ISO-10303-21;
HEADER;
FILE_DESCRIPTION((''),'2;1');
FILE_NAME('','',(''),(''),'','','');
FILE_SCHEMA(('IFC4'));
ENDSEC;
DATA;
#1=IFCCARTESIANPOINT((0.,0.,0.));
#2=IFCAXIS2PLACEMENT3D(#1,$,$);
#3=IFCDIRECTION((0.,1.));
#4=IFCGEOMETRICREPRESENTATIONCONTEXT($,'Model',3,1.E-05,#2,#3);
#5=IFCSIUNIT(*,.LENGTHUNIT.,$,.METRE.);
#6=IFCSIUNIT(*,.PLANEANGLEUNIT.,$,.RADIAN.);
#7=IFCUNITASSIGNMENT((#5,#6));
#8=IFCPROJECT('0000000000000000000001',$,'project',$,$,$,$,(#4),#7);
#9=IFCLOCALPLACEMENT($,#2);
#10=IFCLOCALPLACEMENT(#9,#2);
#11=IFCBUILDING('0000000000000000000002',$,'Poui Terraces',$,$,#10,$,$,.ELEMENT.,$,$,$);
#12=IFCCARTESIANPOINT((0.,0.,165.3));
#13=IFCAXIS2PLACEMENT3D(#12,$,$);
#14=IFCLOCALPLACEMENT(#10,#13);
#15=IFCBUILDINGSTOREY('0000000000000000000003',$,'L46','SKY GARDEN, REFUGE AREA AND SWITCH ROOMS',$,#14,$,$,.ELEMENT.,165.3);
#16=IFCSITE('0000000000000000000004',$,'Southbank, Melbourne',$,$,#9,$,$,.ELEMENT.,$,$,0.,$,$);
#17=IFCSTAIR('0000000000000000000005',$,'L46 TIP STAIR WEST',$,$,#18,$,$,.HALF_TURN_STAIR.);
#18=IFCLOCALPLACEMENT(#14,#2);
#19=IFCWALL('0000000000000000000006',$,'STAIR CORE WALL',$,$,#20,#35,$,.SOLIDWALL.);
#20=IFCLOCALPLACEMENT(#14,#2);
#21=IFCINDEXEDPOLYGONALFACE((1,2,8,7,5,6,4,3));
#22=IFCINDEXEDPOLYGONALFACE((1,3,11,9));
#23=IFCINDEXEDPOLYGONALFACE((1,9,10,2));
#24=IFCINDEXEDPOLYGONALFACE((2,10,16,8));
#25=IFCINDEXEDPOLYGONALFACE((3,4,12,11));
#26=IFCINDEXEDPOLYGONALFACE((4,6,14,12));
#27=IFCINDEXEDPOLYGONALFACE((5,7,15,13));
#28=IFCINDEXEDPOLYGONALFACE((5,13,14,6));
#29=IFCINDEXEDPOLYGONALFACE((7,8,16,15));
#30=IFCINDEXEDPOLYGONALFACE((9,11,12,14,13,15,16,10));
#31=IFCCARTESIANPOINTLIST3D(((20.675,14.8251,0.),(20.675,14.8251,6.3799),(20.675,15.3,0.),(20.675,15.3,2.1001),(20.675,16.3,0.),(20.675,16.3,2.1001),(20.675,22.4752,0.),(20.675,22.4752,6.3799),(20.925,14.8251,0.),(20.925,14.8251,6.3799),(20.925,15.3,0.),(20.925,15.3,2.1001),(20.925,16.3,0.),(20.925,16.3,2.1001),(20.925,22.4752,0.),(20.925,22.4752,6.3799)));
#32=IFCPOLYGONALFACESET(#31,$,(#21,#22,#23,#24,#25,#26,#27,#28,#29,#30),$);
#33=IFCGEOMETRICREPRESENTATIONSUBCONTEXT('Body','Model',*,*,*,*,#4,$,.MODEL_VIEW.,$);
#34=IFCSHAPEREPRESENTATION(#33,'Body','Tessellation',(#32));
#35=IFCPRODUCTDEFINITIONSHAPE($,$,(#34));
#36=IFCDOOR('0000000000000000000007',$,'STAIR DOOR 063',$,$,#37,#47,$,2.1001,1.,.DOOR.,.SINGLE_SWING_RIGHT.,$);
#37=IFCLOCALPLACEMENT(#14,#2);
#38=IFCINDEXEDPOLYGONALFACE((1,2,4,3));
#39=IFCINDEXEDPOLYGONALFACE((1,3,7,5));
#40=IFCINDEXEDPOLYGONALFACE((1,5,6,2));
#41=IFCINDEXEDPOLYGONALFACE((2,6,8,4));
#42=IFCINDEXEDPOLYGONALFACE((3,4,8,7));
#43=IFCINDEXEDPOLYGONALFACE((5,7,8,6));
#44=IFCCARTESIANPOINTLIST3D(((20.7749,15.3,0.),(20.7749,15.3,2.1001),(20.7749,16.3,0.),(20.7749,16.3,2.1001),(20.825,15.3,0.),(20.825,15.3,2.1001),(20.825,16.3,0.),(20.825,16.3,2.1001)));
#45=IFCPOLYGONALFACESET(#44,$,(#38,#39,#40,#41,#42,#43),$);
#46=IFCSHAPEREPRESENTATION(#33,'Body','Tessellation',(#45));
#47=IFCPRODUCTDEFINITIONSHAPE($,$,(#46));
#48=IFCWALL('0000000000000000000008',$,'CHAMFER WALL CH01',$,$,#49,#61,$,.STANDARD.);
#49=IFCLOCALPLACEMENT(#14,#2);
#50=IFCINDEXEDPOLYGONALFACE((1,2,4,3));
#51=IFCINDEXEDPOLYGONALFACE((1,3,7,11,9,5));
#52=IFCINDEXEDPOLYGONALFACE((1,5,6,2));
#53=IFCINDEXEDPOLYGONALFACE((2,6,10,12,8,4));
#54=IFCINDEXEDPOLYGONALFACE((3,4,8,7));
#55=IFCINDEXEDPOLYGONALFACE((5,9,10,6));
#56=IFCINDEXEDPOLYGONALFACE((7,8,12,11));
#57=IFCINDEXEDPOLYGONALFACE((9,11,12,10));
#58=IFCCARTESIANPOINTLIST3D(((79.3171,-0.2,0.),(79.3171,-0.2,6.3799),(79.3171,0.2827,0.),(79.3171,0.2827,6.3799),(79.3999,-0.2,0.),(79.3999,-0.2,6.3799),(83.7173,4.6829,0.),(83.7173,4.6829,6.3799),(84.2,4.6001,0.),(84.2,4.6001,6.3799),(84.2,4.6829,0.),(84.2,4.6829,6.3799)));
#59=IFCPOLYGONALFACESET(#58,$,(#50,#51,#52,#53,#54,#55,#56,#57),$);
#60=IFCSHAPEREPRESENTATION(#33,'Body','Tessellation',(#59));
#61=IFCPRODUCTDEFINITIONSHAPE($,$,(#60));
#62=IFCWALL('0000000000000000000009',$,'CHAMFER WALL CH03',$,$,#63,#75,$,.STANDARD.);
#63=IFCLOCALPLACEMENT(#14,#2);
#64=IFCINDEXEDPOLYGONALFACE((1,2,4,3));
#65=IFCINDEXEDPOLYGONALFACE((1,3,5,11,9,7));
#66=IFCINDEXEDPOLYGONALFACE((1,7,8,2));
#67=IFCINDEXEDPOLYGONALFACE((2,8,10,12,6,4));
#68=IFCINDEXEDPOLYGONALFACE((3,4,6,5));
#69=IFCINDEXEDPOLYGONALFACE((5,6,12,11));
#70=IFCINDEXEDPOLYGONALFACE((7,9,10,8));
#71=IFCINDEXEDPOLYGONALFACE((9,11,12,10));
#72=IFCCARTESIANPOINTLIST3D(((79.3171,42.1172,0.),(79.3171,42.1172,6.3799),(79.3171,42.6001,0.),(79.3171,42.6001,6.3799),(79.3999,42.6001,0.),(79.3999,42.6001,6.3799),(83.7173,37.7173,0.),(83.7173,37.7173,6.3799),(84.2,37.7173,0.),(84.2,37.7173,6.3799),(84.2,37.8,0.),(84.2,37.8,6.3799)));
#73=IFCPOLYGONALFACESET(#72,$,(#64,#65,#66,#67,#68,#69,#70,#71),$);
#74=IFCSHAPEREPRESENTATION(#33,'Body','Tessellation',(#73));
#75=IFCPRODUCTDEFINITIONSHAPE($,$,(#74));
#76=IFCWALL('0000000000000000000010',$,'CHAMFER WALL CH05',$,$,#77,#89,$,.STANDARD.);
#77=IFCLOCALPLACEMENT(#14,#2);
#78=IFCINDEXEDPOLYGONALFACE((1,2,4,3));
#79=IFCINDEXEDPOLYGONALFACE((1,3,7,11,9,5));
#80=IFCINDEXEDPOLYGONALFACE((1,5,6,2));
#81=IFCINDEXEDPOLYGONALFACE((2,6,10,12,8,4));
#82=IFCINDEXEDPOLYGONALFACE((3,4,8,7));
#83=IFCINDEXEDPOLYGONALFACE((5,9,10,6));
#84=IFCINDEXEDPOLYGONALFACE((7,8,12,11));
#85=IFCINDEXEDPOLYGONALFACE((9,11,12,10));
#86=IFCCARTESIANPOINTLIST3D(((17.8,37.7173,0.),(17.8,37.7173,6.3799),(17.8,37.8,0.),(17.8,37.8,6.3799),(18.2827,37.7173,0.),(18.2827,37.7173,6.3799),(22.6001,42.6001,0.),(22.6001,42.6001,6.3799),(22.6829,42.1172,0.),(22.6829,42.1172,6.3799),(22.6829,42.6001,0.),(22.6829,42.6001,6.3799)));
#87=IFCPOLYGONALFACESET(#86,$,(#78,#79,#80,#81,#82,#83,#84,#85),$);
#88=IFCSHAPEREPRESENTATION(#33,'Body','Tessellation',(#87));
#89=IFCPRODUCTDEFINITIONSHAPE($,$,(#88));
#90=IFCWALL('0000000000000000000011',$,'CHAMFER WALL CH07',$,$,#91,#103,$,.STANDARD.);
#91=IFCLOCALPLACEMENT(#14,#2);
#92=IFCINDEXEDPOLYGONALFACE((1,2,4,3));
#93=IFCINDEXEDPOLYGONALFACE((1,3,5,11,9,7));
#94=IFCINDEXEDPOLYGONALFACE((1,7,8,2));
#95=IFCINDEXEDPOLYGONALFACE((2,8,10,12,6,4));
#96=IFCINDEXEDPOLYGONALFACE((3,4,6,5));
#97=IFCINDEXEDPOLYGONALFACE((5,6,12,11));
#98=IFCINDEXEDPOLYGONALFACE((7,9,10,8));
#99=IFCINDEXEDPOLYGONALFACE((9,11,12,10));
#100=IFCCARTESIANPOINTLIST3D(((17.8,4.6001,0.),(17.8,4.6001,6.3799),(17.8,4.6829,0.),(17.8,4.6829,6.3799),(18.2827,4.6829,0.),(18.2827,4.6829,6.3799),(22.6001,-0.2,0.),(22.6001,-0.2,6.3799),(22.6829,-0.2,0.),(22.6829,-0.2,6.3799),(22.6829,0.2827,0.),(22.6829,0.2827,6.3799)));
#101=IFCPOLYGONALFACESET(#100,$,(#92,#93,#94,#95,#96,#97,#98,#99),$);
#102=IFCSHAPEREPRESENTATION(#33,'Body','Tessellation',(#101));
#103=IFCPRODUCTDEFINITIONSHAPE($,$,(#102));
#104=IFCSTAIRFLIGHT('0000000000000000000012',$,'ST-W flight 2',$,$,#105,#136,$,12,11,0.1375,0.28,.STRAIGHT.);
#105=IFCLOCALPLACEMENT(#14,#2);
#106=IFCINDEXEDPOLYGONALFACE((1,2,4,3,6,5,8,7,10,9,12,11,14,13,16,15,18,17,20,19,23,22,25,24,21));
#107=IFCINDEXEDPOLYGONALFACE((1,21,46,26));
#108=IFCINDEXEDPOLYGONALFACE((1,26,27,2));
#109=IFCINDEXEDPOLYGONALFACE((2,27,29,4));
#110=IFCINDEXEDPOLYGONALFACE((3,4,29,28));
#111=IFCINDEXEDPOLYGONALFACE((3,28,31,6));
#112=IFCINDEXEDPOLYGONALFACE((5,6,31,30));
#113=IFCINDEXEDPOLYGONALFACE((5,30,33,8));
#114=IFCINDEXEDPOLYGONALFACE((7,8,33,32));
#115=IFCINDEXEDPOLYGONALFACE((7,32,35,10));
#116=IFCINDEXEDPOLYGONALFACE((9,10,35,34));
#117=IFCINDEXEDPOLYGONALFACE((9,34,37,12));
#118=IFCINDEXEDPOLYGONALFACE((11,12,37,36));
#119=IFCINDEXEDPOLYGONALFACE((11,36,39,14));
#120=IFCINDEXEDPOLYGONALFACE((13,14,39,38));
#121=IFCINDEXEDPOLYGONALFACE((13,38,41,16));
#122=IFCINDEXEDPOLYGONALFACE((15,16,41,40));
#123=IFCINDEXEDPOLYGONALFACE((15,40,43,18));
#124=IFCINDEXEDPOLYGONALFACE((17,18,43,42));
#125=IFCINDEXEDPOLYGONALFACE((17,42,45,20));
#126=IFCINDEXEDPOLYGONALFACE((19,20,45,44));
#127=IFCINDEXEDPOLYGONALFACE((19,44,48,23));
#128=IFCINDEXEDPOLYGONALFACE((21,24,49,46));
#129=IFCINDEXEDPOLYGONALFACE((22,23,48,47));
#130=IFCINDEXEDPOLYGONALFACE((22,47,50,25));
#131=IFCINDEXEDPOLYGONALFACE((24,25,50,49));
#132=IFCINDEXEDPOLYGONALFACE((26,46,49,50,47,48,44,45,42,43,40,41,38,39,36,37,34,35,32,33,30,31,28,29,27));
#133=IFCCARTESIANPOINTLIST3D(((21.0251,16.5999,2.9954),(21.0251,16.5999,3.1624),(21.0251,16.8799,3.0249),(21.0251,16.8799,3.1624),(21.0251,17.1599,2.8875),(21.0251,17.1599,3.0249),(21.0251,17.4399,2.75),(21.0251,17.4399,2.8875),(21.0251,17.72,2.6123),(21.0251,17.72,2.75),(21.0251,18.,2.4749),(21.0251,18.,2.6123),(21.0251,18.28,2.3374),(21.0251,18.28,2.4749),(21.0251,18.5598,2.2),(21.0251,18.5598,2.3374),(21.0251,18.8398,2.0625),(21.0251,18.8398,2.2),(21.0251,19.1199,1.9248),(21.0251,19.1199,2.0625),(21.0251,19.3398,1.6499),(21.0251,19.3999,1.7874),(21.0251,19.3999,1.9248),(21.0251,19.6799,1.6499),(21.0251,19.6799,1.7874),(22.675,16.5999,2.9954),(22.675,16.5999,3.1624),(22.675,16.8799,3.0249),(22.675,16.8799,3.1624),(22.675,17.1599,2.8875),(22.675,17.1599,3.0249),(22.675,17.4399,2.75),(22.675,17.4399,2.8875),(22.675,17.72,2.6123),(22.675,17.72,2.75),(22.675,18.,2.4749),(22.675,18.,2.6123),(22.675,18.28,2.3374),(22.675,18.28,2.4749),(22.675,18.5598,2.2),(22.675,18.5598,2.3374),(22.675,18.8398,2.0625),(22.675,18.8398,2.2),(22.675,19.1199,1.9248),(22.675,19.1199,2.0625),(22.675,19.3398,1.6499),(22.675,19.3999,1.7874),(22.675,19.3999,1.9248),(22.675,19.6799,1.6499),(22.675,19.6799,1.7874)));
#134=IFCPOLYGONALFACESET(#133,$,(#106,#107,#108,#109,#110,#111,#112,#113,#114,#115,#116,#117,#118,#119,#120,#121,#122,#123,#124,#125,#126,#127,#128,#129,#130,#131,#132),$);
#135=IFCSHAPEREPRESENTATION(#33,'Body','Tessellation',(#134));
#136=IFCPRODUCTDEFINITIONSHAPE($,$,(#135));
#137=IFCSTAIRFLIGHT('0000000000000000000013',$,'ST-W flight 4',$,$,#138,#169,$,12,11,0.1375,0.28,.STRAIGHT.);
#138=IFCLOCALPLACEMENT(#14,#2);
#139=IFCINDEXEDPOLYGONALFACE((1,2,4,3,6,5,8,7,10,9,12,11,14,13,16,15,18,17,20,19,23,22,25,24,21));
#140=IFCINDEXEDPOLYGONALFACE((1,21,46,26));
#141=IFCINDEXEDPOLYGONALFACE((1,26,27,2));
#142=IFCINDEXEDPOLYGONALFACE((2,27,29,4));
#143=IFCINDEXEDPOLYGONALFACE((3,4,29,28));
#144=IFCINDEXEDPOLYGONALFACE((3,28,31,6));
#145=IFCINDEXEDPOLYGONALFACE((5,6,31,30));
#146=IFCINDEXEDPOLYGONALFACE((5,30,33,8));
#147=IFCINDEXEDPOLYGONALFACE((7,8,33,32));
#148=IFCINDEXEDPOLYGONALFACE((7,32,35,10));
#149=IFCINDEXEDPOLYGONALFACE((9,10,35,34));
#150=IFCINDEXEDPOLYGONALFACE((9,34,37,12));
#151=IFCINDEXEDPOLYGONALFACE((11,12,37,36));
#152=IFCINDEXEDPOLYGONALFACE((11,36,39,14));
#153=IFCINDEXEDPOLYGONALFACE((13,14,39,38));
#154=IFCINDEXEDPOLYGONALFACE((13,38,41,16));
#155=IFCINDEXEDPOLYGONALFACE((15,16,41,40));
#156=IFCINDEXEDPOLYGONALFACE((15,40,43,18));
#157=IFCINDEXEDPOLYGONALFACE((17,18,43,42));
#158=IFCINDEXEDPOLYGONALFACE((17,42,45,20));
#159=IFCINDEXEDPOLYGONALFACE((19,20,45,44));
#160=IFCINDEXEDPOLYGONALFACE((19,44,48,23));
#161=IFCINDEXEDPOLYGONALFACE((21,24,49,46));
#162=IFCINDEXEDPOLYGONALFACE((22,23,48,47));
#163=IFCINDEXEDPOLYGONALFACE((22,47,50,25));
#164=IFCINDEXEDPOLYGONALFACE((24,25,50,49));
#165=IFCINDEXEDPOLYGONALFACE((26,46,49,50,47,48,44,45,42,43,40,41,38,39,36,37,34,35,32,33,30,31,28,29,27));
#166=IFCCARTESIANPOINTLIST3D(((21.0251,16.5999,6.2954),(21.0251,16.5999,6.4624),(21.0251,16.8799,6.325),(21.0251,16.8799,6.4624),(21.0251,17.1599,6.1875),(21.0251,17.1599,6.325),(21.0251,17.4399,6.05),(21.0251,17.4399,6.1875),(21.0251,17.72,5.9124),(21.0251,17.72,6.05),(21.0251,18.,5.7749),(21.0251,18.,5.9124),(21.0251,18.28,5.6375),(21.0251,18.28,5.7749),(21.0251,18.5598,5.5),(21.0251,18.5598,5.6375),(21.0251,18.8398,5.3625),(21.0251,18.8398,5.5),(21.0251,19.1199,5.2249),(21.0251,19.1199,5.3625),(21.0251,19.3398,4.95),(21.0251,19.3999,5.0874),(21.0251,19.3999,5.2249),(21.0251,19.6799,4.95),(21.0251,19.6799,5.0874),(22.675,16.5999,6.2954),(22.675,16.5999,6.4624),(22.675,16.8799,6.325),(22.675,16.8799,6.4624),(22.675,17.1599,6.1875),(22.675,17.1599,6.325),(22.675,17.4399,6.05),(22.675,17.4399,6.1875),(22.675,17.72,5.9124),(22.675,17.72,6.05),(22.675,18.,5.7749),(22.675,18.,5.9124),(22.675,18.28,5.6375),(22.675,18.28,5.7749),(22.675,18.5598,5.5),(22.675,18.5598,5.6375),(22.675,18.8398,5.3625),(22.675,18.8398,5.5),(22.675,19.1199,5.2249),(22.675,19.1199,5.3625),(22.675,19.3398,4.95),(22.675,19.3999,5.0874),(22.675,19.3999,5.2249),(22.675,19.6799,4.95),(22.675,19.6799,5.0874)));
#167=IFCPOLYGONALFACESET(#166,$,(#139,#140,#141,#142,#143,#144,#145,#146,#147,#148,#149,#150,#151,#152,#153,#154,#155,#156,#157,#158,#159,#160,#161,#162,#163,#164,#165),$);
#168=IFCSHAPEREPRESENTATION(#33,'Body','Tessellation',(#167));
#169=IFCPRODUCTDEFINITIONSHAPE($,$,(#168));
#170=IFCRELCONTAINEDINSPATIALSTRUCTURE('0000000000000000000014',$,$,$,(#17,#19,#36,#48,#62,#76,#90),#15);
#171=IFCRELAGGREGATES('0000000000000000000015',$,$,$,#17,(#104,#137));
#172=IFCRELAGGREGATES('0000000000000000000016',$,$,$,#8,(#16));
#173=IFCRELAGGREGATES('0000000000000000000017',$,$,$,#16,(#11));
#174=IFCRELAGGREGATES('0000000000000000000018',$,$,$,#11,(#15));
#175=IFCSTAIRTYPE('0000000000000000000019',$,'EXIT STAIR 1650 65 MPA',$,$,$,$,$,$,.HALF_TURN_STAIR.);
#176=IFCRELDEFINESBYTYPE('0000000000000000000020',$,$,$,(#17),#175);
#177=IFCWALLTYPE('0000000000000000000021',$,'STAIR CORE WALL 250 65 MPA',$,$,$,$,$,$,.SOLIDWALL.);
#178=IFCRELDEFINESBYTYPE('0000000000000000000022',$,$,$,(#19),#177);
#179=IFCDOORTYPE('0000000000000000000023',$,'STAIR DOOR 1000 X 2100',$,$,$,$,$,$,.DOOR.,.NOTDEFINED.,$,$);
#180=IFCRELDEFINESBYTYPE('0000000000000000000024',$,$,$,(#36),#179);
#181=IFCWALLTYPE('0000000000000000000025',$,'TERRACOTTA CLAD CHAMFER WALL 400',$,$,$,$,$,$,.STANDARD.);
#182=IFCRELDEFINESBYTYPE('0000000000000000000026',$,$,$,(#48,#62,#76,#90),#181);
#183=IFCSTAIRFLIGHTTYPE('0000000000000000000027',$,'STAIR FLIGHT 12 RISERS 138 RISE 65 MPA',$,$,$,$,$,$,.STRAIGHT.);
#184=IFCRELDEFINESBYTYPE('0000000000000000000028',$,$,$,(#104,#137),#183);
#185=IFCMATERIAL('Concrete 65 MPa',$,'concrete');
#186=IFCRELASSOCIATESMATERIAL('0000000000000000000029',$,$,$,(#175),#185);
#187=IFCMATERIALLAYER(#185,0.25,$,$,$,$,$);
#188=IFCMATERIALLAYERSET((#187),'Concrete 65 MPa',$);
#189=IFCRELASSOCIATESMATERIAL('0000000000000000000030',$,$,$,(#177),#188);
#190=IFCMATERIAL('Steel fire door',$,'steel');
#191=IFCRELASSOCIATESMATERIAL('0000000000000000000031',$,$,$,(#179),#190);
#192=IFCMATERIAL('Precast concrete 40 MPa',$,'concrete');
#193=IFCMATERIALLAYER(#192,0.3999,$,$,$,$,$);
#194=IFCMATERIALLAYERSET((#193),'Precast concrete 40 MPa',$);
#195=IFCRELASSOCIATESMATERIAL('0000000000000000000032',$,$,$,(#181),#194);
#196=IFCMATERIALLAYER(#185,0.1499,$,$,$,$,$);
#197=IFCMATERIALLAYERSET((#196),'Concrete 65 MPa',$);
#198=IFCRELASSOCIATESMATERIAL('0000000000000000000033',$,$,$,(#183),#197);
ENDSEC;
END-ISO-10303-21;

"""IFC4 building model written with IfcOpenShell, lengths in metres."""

from ifc_helpers import new_model, si_unit, direction, frame, frame_2d, origin, place, context, subcontext, project, spatial, polyline, rectangle, outline, extrude, material, layer, layer_set, type_object, element, fill, aggregate, save


model = new_model("IFC4")

# Units and contexts
model_context = context("Model", 3, precision=1e-05, world=origin(), true_north=direction((0.0, 1.0)))
body_context = subcontext(model_context, "Body", "Model", "MODEL_VIEW")
ifc_project = project(units=[si_unit("LENGTHUNIT", "METRE"), si_unit("PLANEANGLEUNIT", "RADIAN")], contexts=[model_context])

# Site, building, storey
site_placement = place(None, origin())
site = spatial("IfcSite", under=ifc_project, at=site_placement, Name="Southbank, Melbourne", CompositionType="ELEMENT", RefElevation=0.0)
building_placement = place(site_placement, origin())
building = spatial("IfcBuilding", under=site, at=building_placement, Name="Poui Terraces", CompositionType="ELEMENT")
storey_placement = place(building_placement, frame((0.0, 0.0, 165.3)))
storey = spatial("IfcBuildingStorey", under=building, at=storey_placement, Name="L46", Description="SKY GARDEN, REFUGE AREA AND SWITCH ROOMS", CompositionType="ELEMENT", Elevation=165.3)

# Stair
ifc_material_1 = material(Name="Concrete 65 MPa", Category="concrete")
stair_type = type_object("IfcStairType", Name="EXIT STAIR 1650 65 MPA", PredefinedType="HALF_TURN_STAIR", material=ifc_material_1)
stair_1_placement = place(storey_placement, origin())
stair_1 = element("IfcStair", 1, at=stair_1_placement, inside=storey, type_object=stair_type, Name="L46 TIP STAIR WEST", PredefinedType="HALF_TURN_STAIR")

# Shared definitions
ifc_material_2 = material(Name="Steel fire door", Category="steel")

# Wall, opening, door
ifc_layer_1 = layer(ifc_material_1, 0.25)
ifc_layer_set_1 = layer_set([ifc_layer_1], Name="Concrete 65 MPa")
wall_type_1 = type_object("IfcWallType", Name="STAIR CORE WALL 250 65 MPA", PredefinedType="SOLIDWALL", material=ifc_layer_set_1)
wall_1_placement = place(storey_placement, frame((20.8, 14.825, 0.0), z_axis=(0.0, 0.0, 1.0), x_axis=(0.0, 1.0, 0.0)))
wall_1 = element("IfcWall", 2, at=wall_1_placement, inside=storey, type_object=wall_type_1, Name="STAIR CORE WALL", PredefinedType="SOLIDWALL", context=body_context, shape_type="SweptSolid", body=[
    extrude(rectangle(XDim=7.6501, YDim=0.25, at=frame_2d((3.8252, 0.0))), origin(), (0.0, 0.0, 1.0), 6.3799),
])
opening_1_placement = place(wall_1_placement, frame((0.4751, 0.0, 0.0)))
opening_1 = element("IfcOpeningElement", 3, at=opening_1_placement, cuts=wall_1, PredefinedType="OPENING", context=body_context, shape_type="SweptSolid", body=[
    extrude(rectangle(XDim=1.0, YDim=2.1001, at=frame_2d((0.5, 1.05))), frame((0.0, 0.135, 0.0), z_axis=(0.0, -1.0, 0.0), x_axis=(1.0, 0.0, 0.0)), (0.0, 0.0, 1.0), 0.27),
])
door_type_1 = type_object("IfcDoorType", Name="STAIR DOOR 1000 X 2100", OperationType="NOTDEFINED", PredefinedType="DOOR", material=ifc_material_2)
door_1_placement = place(opening_1_placement, frame((1.0, 0.0, 0.0), z_axis=(0.0, 0.0, 1.0), x_axis=(-1.0, 0.0, 0.0)))
door_1 = element("IfcDoor", 4, at=door_1_placement, inside=storey, type_object=door_type_1, Name="STAIR DOOR 063", OperationType="SINGLE_SWING_RIGHT", OverallHeight=2.1001, OverallWidth=1.0, PredefinedType="DOOR", context=body_context, shape_type="SweptSolid", body=[
    extrude(rectangle(XDim=1.0, YDim=2.1001, at=frame_2d((0.5, 1.05))), frame((0.0, 0.0249, 0.0), z_axis=(0.0, -1.0, 0.0), x_axis=(1.0, 0.0, 0.0)), (0.0, 0.0, 1.0), 0.05),
])
fill(opening_1, door_1)

# Walls
ifc_material_3 = material(Name="Precast concrete 40 MPa", Category="concrete")
ifc_layer_2 = layer(ifc_material_3, 0.3999)
ifc_layer_set_2 = layer_set([ifc_layer_2], Name="Precast concrete 40 MPa")
wall_type_2 = type_object("IfcWallType", Name="TERRACOTTA CLAD CHAMFER WALL 400", PredefinedType="STANDARD", material=ifc_layer_set_2)
wall_2_placement = place(storey_placement, origin())
element("IfcWall", 5, at=wall_2_placement, inside=storey, type_object=wall_type_2, Name="CHAMFER WALL CH01", PredefinedType="STANDARD", context=body_context, shape_type="SweptSolid", body=[
    extrude(outline(polyline([(79.3171, -0.2), (79.3999, -0.2), (84.2, 4.6001), (84.2, 4.6829), (83.7173, 4.6829), (79.3171, 0.2827), (79.3171, -0.2)])), origin(), (0.0, 0.0, 1.0), 6.3799),
])
wall_3_placement = place(storey_placement, origin())
element("IfcWall", 6, at=wall_3_placement, inside=storey, type_object=wall_type_2, Name="CHAMFER WALL CH03", PredefinedType="STANDARD", context=body_context, shape_type="SweptSolid", body=[
    extrude(outline(polyline([(84.2, 37.7173), (84.2, 37.8), (79.3999, 42.6001), (79.3171, 42.6001), (79.3171, 42.1172), (83.7173, 37.7173), (84.2, 37.7173)])), origin(), (0.0, 0.0, 1.0), 6.3799),
])
wall_4_placement = place(storey_placement, origin())
element("IfcWall", 7, at=wall_4_placement, inside=storey, type_object=wall_type_2, Name="CHAMFER WALL CH05", PredefinedType="STANDARD", context=body_context, shape_type="SweptSolid", body=[
    extrude(outline(polyline([(22.6829, 42.6001), (22.6001, 42.6001), (17.8, 37.8), (17.8, 37.7173), (18.2827, 37.7173), (22.6829, 42.1172), (22.6829, 42.6001)])), origin(), (0.0, 0.0, 1.0), 6.3799),
])
wall_5_placement = place(storey_placement, origin())
element("IfcWall", 8, at=wall_5_placement, inside=storey, type_object=wall_type_2, Name="CHAMFER WALL CH07", PredefinedType="STANDARD", context=body_context, shape_type="SweptSolid", body=[
    extrude(outline(polyline([(17.8, 4.6829), (17.8, 4.6001), (22.6001, -0.2), (22.6829, -0.2), (22.6829, 0.2827), (18.2827, 4.6829), (17.8, 4.6829)])), origin(), (0.0, 0.0, 1.0), 6.3799),
])

# Stair flights
ifc_layer_3 = layer(ifc_material_1, 0.1499)
ifc_layer_set_3 = layer_set([ifc_layer_3], Name="Concrete 65 MPa")
stair_flight_type = type_object("IfcStairFlightType", Name="STAIR FLIGHT 12 RISERS 138 RISE 65 MPA", PredefinedType="STRAIGHT", material=ifc_layer_set_3)
stair_flight_1_placement = place(storey_placement, frame((21.8501, 19.6799, 1.6499), z_axis=(0.0, 0.0, 1.0), x_axis=(0.0, -1.0, 0.0)))
stair_flight_1 = element("IfcStairFlight", 9, at=stair_flight_1_placement, type_object=stair_flight_type, Name="ST-W flight 2", NumberOfRisers=12, NumberOfTreads=11, PredefinedType="STRAIGHT", RiserHeight=0.1375, TreadLength=0.28, context=body_context, shape_type="SweptSolid", body=[
    extrude(outline(polyline([(0.0, 0.0), (0.0, 0.1375), (0.28, 0.1375), (0.28, 0.2749), (0.5601, 0.2749), (0.5601, 0.4126), (0.8401, 0.4126), (0.8401, 0.55), (1.1201, 0.55), (1.1201, 0.6875), (1.3999, 0.6875), (1.3999, 0.825), (1.6799, 0.825), (1.6799, 0.9624), (1.96, 0.9624), (1.96, 1.1001), (2.24, 1.1001), (2.24, 1.2375), (2.52, 1.2375), (2.52, 1.375), (2.8, 1.375), (2.8, 1.5125), (3.0801, 1.5125), (3.0801, 1.6499), (3.0801, 1.3455), (0.3401, 0.0), (0.0, 0.0)])), frame((0.0, 0.825, 0.0), z_axis=(0.0, -1.0, 0.0), x_axis=(1.0, 0.0, 0.0)), (0.0, 0.0, 1.0), 1.6499),
])
stair_flight_2_placement = place(storey_placement, frame((21.8501, 19.6799, 4.95), z_axis=(0.0, 0.0, 1.0), x_axis=(0.0, -1.0, 0.0)))
stair_flight_2 = element("IfcStairFlight", 10, at=stair_flight_2_placement, type_object=stair_flight_type, Name="ST-W flight 4", NumberOfRisers=12, NumberOfTreads=11, PredefinedType="STRAIGHT", RiserHeight=0.1375, TreadLength=0.28, context=body_context, shape_type="SweptSolid", body=[
    extrude(outline(polyline([(0.0, 0.0), (0.0, 0.1375), (0.28, 0.1375), (0.28, 0.2749), (0.5601, 0.2749), (0.5601, 0.4126), (0.8401, 0.4126), (0.8401, 0.55), (1.1201, 0.55), (1.1201, 0.6875), (1.3999, 0.6875), (1.3999, 0.825), (1.6799, 0.825), (1.6799, 0.9624), (1.96, 0.9624), (1.96, 1.1001), (2.24, 1.1001), (2.24, 1.2375), (2.52, 1.2375), (2.52, 1.375), (2.8, 1.375), (2.8, 1.5125), (3.0801, 1.5125), (3.0801, 1.6499), (3.0801, 1.3455), (0.3401, 0.0), (0.0, 0.0)])), frame((0.0, 0.825, 0.0), z_axis=(0.0, -1.0, 0.0), x_axis=(1.0, 0.0, 0.0)), (0.0, 0.0, 1.0), 1.6499),
])
aggregate(stair_1, [stair_flight_1, stair_flight_2])

save(model, "model.ifc")
